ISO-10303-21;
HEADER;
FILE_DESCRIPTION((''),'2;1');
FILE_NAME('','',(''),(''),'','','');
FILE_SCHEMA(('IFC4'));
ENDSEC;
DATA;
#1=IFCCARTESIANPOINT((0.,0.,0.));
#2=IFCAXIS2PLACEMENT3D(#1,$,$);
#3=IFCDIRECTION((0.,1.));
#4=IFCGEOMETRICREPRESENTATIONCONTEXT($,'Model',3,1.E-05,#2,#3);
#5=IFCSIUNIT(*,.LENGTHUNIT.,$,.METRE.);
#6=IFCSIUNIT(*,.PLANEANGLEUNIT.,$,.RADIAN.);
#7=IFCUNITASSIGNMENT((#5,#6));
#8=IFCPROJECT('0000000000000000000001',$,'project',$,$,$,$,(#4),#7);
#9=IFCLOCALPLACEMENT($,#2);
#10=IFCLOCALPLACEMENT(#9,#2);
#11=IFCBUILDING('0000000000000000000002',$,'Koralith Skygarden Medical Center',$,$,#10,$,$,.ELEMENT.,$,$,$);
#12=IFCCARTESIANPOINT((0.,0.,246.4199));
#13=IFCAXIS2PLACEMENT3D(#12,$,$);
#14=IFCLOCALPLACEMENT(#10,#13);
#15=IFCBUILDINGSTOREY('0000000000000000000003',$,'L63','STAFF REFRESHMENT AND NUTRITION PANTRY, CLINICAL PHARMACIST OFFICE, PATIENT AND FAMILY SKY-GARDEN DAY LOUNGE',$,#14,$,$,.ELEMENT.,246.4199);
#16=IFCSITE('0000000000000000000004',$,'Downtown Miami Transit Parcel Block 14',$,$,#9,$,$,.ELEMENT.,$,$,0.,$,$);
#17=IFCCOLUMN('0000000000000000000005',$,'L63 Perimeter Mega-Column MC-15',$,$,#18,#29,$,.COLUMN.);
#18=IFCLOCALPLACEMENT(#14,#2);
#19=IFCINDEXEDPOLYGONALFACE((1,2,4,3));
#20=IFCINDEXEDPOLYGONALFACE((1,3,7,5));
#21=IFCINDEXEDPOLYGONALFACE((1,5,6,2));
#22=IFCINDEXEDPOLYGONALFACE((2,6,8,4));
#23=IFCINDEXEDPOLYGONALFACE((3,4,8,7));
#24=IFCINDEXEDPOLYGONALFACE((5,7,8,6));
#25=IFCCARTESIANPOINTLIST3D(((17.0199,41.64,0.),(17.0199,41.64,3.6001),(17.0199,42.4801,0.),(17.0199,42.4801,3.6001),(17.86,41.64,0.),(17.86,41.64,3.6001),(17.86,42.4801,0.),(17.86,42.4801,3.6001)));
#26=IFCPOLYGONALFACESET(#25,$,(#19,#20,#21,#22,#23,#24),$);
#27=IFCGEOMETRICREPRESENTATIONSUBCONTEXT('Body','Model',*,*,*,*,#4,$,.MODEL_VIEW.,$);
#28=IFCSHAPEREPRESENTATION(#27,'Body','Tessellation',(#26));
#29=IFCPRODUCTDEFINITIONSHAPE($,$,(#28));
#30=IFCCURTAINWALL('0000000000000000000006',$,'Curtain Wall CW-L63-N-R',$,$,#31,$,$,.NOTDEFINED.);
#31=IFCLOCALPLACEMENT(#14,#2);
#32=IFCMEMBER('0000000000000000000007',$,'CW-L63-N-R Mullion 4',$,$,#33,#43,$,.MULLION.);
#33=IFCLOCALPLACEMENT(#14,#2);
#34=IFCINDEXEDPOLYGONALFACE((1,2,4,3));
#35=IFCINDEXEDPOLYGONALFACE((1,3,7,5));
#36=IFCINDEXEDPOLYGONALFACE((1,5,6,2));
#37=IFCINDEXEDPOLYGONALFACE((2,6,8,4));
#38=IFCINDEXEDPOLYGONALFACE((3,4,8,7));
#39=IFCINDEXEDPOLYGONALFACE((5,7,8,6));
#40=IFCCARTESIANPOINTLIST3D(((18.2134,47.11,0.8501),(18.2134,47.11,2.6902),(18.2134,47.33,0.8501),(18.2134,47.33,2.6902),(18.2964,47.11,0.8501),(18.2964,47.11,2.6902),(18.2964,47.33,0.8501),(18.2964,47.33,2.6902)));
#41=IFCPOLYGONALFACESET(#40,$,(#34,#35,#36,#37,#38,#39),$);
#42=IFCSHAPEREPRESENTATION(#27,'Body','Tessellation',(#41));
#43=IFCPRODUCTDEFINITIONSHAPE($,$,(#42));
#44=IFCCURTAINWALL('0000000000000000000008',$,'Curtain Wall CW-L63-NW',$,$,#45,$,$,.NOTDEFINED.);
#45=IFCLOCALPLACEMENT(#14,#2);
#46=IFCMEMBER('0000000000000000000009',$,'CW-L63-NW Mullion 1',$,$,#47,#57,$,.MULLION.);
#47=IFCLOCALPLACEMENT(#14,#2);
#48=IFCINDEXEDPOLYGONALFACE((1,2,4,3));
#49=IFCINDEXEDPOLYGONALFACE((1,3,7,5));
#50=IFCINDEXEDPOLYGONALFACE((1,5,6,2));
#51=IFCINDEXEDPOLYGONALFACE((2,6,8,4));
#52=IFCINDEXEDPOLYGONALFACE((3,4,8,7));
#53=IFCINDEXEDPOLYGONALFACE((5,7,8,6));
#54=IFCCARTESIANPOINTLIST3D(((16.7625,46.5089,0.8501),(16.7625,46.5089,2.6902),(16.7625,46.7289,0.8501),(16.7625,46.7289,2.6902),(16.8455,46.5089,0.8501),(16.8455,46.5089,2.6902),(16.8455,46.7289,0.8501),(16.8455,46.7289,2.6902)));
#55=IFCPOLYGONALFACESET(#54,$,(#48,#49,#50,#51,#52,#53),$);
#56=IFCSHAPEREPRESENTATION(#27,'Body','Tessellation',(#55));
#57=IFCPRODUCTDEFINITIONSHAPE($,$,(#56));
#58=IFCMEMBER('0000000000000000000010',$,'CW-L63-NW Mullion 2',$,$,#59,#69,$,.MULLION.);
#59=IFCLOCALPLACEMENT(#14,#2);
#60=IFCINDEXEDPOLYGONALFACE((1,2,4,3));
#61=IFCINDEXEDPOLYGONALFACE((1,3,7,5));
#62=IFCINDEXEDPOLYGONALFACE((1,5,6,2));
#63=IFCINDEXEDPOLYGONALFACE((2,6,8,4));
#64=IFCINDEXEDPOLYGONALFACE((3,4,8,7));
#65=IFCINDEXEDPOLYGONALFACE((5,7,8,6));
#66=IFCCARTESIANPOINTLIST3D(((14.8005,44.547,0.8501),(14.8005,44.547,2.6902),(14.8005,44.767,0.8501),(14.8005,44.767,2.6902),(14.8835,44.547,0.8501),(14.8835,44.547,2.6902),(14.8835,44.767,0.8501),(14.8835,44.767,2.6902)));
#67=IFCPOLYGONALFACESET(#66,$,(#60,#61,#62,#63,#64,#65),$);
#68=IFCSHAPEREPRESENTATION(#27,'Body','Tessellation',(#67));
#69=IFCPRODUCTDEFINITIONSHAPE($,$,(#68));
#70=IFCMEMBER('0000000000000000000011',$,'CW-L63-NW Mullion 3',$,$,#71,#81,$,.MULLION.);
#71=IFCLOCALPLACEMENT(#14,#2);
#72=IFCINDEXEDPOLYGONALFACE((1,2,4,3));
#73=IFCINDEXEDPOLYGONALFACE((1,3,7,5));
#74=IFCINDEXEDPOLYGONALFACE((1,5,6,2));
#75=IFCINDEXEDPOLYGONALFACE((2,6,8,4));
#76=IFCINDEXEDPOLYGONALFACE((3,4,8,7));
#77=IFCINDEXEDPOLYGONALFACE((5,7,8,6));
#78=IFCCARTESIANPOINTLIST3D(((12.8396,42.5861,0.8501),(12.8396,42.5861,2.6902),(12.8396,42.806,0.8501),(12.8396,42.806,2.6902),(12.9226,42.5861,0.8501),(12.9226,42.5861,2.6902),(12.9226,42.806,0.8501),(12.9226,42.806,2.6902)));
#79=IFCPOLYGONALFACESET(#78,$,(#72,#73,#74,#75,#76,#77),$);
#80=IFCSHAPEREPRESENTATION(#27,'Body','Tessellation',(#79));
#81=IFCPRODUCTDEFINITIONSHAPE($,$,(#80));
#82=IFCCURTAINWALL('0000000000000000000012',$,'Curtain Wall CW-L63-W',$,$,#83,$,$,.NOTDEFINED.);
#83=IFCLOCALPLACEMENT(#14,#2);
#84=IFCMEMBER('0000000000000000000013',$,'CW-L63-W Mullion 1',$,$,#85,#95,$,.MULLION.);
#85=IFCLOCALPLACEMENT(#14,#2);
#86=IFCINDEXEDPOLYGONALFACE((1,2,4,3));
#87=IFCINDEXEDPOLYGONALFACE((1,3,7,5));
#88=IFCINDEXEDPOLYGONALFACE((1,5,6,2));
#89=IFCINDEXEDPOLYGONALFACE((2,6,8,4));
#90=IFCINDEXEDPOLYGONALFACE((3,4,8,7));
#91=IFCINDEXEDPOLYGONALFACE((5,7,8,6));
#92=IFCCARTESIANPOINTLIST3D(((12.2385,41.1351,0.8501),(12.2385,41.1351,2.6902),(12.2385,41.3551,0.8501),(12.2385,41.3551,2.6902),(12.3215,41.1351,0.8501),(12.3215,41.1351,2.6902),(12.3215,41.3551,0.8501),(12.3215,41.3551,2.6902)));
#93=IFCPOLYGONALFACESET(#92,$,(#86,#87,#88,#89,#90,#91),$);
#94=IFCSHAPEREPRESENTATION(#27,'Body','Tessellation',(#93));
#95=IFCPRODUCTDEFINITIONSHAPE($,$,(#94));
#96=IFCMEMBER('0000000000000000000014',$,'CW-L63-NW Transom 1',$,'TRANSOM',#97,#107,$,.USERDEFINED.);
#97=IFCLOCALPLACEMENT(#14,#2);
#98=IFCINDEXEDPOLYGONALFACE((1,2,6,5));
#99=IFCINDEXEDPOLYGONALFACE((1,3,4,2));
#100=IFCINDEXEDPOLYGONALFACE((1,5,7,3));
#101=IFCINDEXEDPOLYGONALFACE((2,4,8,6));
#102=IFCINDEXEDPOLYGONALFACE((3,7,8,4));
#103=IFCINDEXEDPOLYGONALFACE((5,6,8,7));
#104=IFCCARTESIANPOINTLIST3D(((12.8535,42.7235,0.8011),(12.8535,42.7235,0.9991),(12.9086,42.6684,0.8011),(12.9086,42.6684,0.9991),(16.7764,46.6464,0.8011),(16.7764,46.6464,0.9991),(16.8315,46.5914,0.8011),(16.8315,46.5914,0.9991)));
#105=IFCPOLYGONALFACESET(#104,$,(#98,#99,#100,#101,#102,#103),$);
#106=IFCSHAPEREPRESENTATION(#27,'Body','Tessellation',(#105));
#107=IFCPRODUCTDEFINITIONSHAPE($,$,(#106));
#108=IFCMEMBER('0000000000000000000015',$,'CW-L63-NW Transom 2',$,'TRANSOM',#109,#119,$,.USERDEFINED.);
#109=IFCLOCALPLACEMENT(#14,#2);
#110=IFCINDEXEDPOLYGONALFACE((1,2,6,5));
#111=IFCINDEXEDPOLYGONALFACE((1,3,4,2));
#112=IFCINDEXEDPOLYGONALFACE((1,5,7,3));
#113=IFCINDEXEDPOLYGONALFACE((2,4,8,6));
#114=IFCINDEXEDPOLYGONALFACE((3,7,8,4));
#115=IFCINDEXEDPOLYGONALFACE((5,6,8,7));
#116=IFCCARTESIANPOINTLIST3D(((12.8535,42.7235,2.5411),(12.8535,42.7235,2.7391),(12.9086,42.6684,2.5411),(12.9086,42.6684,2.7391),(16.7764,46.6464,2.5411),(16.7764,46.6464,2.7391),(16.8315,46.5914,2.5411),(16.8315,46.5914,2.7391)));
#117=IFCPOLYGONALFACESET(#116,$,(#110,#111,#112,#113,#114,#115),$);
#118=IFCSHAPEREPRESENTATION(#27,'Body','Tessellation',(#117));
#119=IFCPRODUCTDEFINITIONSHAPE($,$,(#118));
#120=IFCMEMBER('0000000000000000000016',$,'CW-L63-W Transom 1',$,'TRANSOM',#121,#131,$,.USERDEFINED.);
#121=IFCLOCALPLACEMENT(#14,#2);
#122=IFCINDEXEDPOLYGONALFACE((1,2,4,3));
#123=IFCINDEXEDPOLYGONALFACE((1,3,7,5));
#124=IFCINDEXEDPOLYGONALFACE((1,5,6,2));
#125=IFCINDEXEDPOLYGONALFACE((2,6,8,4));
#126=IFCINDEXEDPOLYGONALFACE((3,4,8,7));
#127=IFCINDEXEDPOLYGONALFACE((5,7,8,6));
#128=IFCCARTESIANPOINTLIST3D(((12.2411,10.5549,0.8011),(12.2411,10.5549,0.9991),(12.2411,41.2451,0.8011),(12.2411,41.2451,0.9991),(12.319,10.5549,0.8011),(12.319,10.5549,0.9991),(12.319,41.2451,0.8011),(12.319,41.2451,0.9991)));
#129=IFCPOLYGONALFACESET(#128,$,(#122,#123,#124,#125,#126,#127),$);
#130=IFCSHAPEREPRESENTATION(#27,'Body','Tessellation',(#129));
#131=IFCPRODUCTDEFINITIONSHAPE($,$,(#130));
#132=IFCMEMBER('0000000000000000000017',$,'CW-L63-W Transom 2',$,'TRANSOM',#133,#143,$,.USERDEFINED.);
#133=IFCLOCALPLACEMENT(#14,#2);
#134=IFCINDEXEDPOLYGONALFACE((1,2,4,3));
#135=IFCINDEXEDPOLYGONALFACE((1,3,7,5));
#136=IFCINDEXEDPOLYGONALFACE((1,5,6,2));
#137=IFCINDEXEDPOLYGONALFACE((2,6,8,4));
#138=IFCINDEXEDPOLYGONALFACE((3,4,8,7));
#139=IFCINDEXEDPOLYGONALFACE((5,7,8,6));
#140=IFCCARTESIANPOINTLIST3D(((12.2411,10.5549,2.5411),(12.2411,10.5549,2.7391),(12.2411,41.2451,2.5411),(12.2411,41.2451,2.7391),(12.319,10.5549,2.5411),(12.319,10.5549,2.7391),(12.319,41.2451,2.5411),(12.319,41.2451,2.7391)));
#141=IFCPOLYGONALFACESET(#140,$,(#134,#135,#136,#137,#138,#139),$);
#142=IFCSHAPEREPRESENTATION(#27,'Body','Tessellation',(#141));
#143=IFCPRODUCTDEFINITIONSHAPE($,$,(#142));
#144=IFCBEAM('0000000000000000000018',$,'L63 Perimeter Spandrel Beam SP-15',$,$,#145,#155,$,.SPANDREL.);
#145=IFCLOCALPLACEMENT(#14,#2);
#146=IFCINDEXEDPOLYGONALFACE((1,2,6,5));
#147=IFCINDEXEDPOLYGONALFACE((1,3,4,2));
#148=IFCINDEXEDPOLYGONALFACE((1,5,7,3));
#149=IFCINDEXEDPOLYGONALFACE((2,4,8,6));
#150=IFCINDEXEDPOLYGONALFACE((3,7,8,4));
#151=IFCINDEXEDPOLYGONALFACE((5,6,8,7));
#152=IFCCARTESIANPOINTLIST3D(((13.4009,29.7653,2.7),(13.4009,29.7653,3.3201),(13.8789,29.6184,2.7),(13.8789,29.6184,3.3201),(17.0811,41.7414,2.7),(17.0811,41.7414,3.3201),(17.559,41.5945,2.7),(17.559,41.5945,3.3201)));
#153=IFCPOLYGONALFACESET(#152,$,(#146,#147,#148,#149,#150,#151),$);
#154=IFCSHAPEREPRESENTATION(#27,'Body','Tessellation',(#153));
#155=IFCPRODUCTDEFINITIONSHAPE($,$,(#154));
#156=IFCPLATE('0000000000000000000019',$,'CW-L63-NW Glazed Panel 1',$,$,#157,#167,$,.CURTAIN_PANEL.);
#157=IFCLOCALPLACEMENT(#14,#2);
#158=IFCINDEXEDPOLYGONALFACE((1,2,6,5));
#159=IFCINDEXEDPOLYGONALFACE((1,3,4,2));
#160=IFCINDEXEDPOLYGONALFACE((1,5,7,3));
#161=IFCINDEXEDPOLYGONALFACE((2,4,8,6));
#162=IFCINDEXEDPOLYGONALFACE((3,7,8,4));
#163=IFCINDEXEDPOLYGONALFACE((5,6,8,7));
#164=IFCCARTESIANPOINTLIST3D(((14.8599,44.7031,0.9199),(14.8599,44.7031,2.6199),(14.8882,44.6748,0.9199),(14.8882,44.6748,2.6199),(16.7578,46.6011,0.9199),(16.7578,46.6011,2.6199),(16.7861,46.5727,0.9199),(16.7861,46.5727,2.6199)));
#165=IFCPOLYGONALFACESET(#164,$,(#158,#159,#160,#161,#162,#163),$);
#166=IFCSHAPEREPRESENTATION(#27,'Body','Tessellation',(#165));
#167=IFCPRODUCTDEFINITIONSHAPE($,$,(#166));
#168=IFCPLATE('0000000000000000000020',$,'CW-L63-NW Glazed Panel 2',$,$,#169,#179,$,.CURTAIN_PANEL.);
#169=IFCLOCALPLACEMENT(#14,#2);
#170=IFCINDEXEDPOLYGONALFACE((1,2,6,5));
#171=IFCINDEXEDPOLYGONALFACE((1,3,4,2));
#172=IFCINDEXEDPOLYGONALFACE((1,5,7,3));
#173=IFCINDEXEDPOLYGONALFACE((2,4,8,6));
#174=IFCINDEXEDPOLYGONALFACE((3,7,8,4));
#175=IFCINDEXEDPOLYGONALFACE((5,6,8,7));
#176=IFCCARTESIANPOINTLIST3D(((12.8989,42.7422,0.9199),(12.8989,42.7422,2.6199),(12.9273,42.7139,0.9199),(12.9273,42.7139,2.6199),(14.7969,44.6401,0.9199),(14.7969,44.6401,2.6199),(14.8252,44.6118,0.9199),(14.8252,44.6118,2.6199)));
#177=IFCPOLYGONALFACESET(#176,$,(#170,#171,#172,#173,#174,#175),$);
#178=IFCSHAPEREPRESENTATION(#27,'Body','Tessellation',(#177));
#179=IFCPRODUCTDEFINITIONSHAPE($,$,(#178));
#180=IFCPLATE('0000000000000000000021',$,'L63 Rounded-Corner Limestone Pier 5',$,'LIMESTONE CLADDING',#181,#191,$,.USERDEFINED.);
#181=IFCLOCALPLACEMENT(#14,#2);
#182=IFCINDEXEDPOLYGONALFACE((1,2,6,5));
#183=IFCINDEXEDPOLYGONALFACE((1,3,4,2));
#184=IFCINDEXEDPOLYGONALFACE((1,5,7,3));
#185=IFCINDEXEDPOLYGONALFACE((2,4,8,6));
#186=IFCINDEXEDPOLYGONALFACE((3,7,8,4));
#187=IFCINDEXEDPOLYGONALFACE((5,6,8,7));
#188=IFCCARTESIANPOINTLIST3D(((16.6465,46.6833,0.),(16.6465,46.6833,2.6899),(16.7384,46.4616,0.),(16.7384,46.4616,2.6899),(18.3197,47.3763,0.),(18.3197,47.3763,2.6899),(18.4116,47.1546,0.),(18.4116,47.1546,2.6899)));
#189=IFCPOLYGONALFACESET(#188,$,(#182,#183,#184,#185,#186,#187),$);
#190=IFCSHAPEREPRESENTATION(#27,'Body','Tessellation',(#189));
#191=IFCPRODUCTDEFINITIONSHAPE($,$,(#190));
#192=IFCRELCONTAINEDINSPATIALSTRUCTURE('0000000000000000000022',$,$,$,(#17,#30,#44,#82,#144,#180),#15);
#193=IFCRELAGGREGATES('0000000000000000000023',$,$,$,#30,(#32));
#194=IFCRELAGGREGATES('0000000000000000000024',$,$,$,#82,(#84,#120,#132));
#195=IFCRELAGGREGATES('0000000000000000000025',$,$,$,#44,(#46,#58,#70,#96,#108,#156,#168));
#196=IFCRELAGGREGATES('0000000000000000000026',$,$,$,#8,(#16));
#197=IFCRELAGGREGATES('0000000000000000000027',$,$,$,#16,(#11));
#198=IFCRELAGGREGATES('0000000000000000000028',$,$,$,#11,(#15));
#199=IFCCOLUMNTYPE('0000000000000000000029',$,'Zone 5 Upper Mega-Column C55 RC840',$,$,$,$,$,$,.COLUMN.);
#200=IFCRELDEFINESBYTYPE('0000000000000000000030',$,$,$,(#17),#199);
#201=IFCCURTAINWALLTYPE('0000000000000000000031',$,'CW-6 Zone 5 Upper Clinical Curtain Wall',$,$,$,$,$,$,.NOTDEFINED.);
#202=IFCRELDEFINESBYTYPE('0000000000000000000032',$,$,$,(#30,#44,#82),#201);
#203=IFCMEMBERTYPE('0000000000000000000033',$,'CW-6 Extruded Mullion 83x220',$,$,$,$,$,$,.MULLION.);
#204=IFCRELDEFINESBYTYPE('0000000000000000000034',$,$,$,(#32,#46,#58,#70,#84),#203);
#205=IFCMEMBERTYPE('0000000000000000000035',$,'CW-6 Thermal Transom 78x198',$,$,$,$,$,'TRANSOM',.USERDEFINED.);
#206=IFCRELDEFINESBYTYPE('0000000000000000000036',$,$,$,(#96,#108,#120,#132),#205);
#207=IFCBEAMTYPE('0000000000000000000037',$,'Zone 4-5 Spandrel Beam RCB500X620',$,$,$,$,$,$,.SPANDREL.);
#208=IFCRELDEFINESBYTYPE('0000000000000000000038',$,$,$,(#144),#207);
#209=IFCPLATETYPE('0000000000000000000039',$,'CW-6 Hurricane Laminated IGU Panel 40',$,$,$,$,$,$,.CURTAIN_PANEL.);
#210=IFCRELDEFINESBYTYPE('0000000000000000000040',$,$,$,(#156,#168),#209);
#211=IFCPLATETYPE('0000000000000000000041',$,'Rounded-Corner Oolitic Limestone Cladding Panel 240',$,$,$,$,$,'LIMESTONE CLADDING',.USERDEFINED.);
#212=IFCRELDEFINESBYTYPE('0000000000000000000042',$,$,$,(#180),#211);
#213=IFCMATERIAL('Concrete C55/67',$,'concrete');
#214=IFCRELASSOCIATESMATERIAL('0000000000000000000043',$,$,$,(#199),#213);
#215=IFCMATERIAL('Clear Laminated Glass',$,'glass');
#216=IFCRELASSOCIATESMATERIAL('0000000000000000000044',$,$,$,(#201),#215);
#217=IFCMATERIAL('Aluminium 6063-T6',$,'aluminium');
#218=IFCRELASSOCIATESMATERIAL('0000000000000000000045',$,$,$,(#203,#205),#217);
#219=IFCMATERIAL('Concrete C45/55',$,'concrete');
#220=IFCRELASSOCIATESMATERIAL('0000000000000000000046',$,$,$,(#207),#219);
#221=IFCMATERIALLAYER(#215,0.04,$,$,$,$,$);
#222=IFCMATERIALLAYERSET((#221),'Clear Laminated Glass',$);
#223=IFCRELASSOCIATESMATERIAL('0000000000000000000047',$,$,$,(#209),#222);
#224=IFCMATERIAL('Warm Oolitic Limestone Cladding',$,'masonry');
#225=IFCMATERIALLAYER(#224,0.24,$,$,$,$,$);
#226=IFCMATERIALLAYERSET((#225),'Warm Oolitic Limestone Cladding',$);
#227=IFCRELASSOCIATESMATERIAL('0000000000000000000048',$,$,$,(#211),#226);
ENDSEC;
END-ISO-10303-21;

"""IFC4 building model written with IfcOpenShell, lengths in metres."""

from ifc_helpers import new_model, si_unit, direction, frame, origin, origin_2d, place, context, subcontext, project, spatial, rectangle, extrude, material, layer, layer_set, material_profile, profile_set, type_object, element, aggregate, save


model = new_model("IFC4")

# Units and contexts
model_context = context("Model", 3, precision=1e-05, world=origin(), true_north=direction((0.0, 1.0)))
body_context = subcontext(model_context, "Body", "Model", "MODEL_VIEW")
ifc_project = project(units=[si_unit("LENGTHUNIT", "METRE"), si_unit("PLANEANGLEUNIT", "RADIAN")], contexts=[model_context])

# Site, building, storey
site_placement = place(None, origin())
site = spatial("IfcSite", under=ifc_project, at=site_placement, Name="Downtown Miami Transit Parcel Block 14", CompositionType="ELEMENT", RefElevation=0.0)
building_placement = place(site_placement, origin())
building = spatial("IfcBuilding", under=site, at=building_placement, Name="Koralith Skygarden Medical Center", CompositionType="ELEMENT")
storey_placement = place(building_placement, frame((0.0, 0.0, 246.4199)))
storey = spatial("IfcBuildingStorey", under=building, at=storey_placement, Name="L63", Description="STAFF REFRESHMENT AND NUTRITION PANTRY, CLINICAL PHARMACIST OFFICE, PATIENT AND FAMILY SKY-GARDEN DAY LOUNGE", CompositionType="ELEMENT", Elevation=246.4199)

# Column
ifc_material_1 = material(Name="Concrete C55/67", Category="concrete")
ifc_material_profile_1 = material_profile(ifc_material_1, rectangle(XDim=0.8401, YDim=0.8401, at=origin_2d()), Name="RC840X840")
ifc_profile_set_1 = profile_set([ifc_material_profile_1], Name="Concrete C55/67")
column_type = type_object("IfcColumnType", Name="Zone 5 Upper Mega-Column C55 RC840", PredefinedType="COLUMN", material=ifc_profile_set_1)
column_placement = place(storey_placement, frame((17.4399, 42.0601, 0.0), z_axis=(0.0, 0.0, 1.0), x_axis=(1.0, 0.0, 0.0)))
element("IfcColumn", 1, at=column_placement, inside=storey, type_object=column_type, Name="L63 Perimeter Mega-Column MC-15", PredefinedType="COLUMN", context=body_context, shape_type="SweptSolid", body=[
    extrude(rectangle(XDim=0.8401, YDim=0.8401, at=origin_2d()), origin(), (0.0, 0.0, 1.0), 3.6001),
])

# Curtain wall, member
ifc_material_2 = material(Name="Clear Laminated Glass", Category="glass")
curtain_wall_type = type_object("IfcCurtainWallType", Name="CW-6 Zone 5 Upper Clinical Curtain Wall", PredefinedType="NOTDEFINED", material=ifc_material_2)
curtain_wall_1_placement = place(storey_placement, origin())
curtain_wall_1 = element("IfcCurtainWall", 2, at=curtain_wall_1_placement, inside=storey, type_object=curtain_wall_type, Name="Curtain Wall CW-L63-N-R", PredefinedType="NOTDEFINED")
ifc_material_3 = material(Name="Aluminium 6063-T6", Category="aluminium")
ifc_material_profile_2 = material_profile(ifc_material_3, rectangle(XDim=0.083, YDim=0.22, at=origin_2d()), Name="MUL83X220")
ifc_profile_set_2 = profile_set([ifc_material_profile_2], Name="Aluminium 6063-T6")
member_type_1 = type_object("IfcMemberType", Name="CW-6 Extruded Mullion 83x220", PredefinedType="MULLION", material=ifc_profile_set_2)
member_1_placement = place(storey_placement, frame((18.2549, 47.22, 0.8501), z_axis=(0.0, 0.0, 1.0), x_axis=(1.0, 0.0, 0.0)))
member_1 = element("IfcMember", 3, at=member_1_placement, type_object=member_type_1, Name="CW-L63-N-R Mullion 4", PredefinedType="MULLION", context=body_context, shape_type="SweptSolid", body=[
    extrude(rectangle(XDim=0.083, YDim=0.22, at=origin_2d()), origin(), (0.0, 0.0, 1.0), 1.8401),
])
aggregate(curtain_wall_1, [member_1])

# Curtain wall, members
curtain_wall_2_placement = place(storey_placement, origin())
curtain_wall_2 = element("IfcCurtainWall", 4, at=curtain_wall_2_placement, inside=storey, type_object=curtain_wall_type, Name="Curtain Wall CW-L63-NW", PredefinedType="NOTDEFINED")
member_2_placement = place(storey_placement, frame((16.804, 46.6189, 0.8501), z_axis=(0.0, 0.0, 1.0), x_axis=(1.0, 0.0, 0.0)))
member_2 = element("IfcMember", 5, at=member_2_placement, type_object=member_type_1, Name="CW-L63-NW Mullion 1", PredefinedType="MULLION", context=body_context, shape_type="SweptSolid", body=[
    extrude(rectangle(XDim=0.083, YDim=0.22, at=origin_2d()), origin(), (0.0, 0.0, 1.0), 1.8401),
])
member_3_placement = place(storey_placement, frame((14.842, 44.657, 0.8501), z_axis=(0.0, 0.0, 1.0), x_axis=(1.0, 0.0, 0.0)))
member_3 = element("IfcMember", 6, at=member_3_placement, type_object=member_type_1, Name="CW-L63-NW Mullion 2", PredefinedType="MULLION", context=body_context, shape_type="SweptSolid", body=[
    extrude(rectangle(XDim=0.083, YDim=0.22, at=origin_2d()), origin(), (0.0, 0.0, 1.0), 1.8401),
])
member_4_placement = place(storey_placement, frame((12.8811, 42.696, 0.8501), z_axis=(0.0, 0.0, 1.0), x_axis=(1.0, 0.0, 0.0)))
member_4 = element("IfcMember", 7, at=member_4_placement, type_object=member_type_1, Name="CW-L63-NW Mullion 3", PredefinedType="MULLION", context=body_context, shape_type="SweptSolid", body=[
    extrude(rectangle(XDim=0.083, YDim=0.22, at=origin_2d()), origin(), (0.0, 0.0, 1.0), 1.8401),
])

# Curtain wall, member
curtain_wall_3_placement = place(storey_placement, origin())
curtain_wall_3 = element("IfcCurtainWall", 8, at=curtain_wall_3_placement, inside=storey, type_object=curtain_wall_type, Name="Curtain Wall CW-L63-W", PredefinedType="NOTDEFINED")
member_5_placement = place(storey_placement, frame((12.28, 41.2451, 0.8501), z_axis=(0.0, 0.0, 1.0), x_axis=(1.0, 0.0, 0.0)))
member_5 = element("IfcMember", 9, at=member_5_placement, type_object=member_type_1, Name="CW-L63-W Mullion 1", PredefinedType="MULLION", context=body_context, shape_type="SweptSolid", body=[
    extrude(rectangle(XDim=0.083, YDim=0.22, at=origin_2d()), origin(), (0.0, 0.0, 1.0), 1.8401),
])

# Members
ifc_material_profile_3 = material_profile(ifc_material_3, rectangle(XDim=0.0779, YDim=0.198, at=origin_2d()), Name="TRN78X198")
ifc_profile_set_3 = profile_set([ifc_material_profile_3], Name="Aluminium 6063-T6")
member_type_2 = type_object("IfcMemberType", Name="CW-6 Thermal Transom 78x198", ElementType="TRANSOM", PredefinedType="USERDEFINED", material=ifc_profile_set_3)
member_6_placement = place(storey_placement, frame((16.804, 46.6189, 0.9001), z_axis=(-0.707107, -0.707107, 0.0), x_axis=(0.707107, -0.707107, 0.0)))
member_6 = element("IfcMember", 10, at=member_6_placement, type_object=member_type_2, Name="CW-L63-NW Transom 1", ObjectType="TRANSOM", PredefinedType="USERDEFINED", context=body_context, shape_type="SweptSolid", body=[
    extrude(rectangle(XDim=0.0779, YDim=0.198, at=origin_2d()), origin(), (0.0, 0.0, 1.0), 5.5479),
])
member_7_placement = place(storey_placement, frame((16.804, 46.6189, 2.6401), z_axis=(-0.707107, -0.707107, 0.0), x_axis=(0.707107, -0.707107, 0.0)))
member_7 = element("IfcMember", 11, at=member_7_placement, type_object=member_type_2, Name="CW-L63-NW Transom 2", ObjectType="TRANSOM", PredefinedType="USERDEFINED", context=body_context, shape_type="SweptSolid", body=[
    extrude(rectangle(XDim=0.0779, YDim=0.198, at=origin_2d()), origin(), (0.0, 0.0, 1.0), 5.5479),
])
member_8_placement = place(storey_placement, frame((12.28, 41.2451, 0.9001), z_axis=(0.0, -1.0, 0.0), x_axis=(1.0, 0.0, 0.0)))
member_8 = element("IfcMember", 12, at=member_8_placement, type_object=member_type_2, Name="CW-L63-W Transom 1", ObjectType="TRANSOM", PredefinedType="USERDEFINED", context=body_context, shape_type="SweptSolid", body=[
    extrude(rectangle(XDim=0.0779, YDim=0.198, at=origin_2d()), origin(), (0.0, 0.0, 1.0), 30.6902),
])
member_9_placement = place(storey_placement, frame((12.28, 41.2451, 2.6401), z_axis=(0.0, -1.0, 0.0), x_axis=(1.0, 0.0, 0.0)))
member_9 = element("IfcMember", 13, at=member_9_placement, type_object=member_type_2, Name="CW-L63-W Transom 2", ObjectType="TRANSOM", PredefinedType="USERDEFINED", context=body_context, shape_type="SweptSolid", body=[
    extrude(rectangle(XDim=0.0779, YDim=0.198, at=origin_2d()), origin(), (0.0, 0.0, 1.0), 30.6902),
])
aggregate(curtain_wall_3, [member_5, member_8, member_9])

# Beam
ifc_material_4 = material(Name="Concrete C45/55", Category="concrete")
ifc_material_profile_4 = material_profile(ifc_material_4, rectangle(XDim=0.5, YDim=0.6201, at=origin_2d()), Name="RCB500X620")
ifc_profile_set_4 = profile_set([ifc_material_profile_4], Name="Concrete C45/55")
beam_type = type_object("IfcBeamType", Name="Zone 4-5 Spandrel Beam RCB500X620", PredefinedType="SPANDREL", material=ifc_profile_set_4)
beam_placement = place(storey_placement, frame((17.3201, 41.668, 3.01), z_axis=(-0.293738, -0.955886, 0.0), x_axis=(0.955886, -0.293738, 0.0)))
element("IfcBeam", 14, at=beam_placement, inside=storey, type_object=beam_type, Name="L63 Perimeter Spandrel Beam SP-15", PredefinedType="SPANDREL", context=body_context, shape_type="SweptSolid", body=[
    extrude(rectangle(XDim=0.5, YDim=0.6201, at=origin_2d()), origin(), (0.0, 0.0, 1.0), 12.5288),
])

# Plates
ifc_layer_1 = layer(ifc_material_2, 0.04)
ifc_layer_set_1 = layer_set([ifc_layer_1], Name="Clear Laminated Glass")
plate_type_1 = type_object("IfcPlateType", Name="CW-6 Hurricane Laminated IGU Panel 40", PredefinedType="CURTAIN_PANEL", material=ifc_layer_set_1)
plate_1_placement = place(storey_placement, frame((15.823, 45.6379, 0.9199), z_axis=(0.0, 0.0, 1.0), x_axis=(-0.707107, -0.707107, 0.0)))
plate_1 = element("IfcPlate", 15, at=plate_1_placement, type_object=plate_type_1, Name="CW-L63-NW Glazed Panel 1", PredefinedType="CURTAIN_PANEL", context=body_context, shape_type="SweptSolid", body=[
    extrude(rectangle(XDim=2.6841, YDim=0.04, at=origin_2d()), origin(), (0.0, 0.0, 1.0), 1.7),
])
plate_2_placement = place(storey_placement, frame((13.8621, 43.677, 0.9199), z_axis=(0.0, 0.0, 1.0), x_axis=(-0.707107, -0.707107, 0.0)))
plate_2 = element("IfcPlate", 16, at=plate_2_placement, type_object=plate_type_1, Name="CW-L63-NW Glazed Panel 2", PredefinedType="CURTAIN_PANEL", context=body_context, shape_type="SweptSolid", body=[
    extrude(rectangle(XDim=2.6841, YDim=0.04, at=origin_2d()), origin(), (0.0, 0.0, 1.0), 1.7),
])
aggregate(curtain_wall_2, [member_2, member_3, member_4, member_6, member_7, plate_1, plate_2])

# Plate
ifc_material_5 = material(Name="Warm Oolitic Limestone Cladding", Category="masonry")
ifc_layer_2 = layer(ifc_material_5, 0.24)
ifc_layer_set_2 = layer_set([ifc_layer_2], Name="Warm Oolitic Limestone Cladding")
plate_type_2 = type_object("IfcPlateType", Name="Rounded-Corner Oolitic Limestone Cladding Panel 240", ElementType="LIMESTONE CLADDING", PredefinedType="USERDEFINED", material=ifc_layer_set_2)
for number, where, z_axis, x_axis, name in (
    (17, (17.5291, 46.9189, 0.0), (0.0, 0.0, 1.0), (-0.923885, -0.382671, 0.0), "L63 Rounded-Corner Limestone Pier 5"),
):
    element("IfcPlate", number, at=place(storey_placement, frame(where, z_axis=z_axis, x_axis=x_axis)), inside=storey, type_object=plate_type_2, Name=name, ObjectType="LIMESTONE CLADDING", PredefinedType="USERDEFINED", context=body_context, shape_type="SweptSolid", body=[
        extrude(rectangle(XDim=1.811, YDim=0.24, at=origin_2d()), origin(), (0.0, 0.0, 1.0), 2.6899),
    ])

save(model, "model.ifc")
